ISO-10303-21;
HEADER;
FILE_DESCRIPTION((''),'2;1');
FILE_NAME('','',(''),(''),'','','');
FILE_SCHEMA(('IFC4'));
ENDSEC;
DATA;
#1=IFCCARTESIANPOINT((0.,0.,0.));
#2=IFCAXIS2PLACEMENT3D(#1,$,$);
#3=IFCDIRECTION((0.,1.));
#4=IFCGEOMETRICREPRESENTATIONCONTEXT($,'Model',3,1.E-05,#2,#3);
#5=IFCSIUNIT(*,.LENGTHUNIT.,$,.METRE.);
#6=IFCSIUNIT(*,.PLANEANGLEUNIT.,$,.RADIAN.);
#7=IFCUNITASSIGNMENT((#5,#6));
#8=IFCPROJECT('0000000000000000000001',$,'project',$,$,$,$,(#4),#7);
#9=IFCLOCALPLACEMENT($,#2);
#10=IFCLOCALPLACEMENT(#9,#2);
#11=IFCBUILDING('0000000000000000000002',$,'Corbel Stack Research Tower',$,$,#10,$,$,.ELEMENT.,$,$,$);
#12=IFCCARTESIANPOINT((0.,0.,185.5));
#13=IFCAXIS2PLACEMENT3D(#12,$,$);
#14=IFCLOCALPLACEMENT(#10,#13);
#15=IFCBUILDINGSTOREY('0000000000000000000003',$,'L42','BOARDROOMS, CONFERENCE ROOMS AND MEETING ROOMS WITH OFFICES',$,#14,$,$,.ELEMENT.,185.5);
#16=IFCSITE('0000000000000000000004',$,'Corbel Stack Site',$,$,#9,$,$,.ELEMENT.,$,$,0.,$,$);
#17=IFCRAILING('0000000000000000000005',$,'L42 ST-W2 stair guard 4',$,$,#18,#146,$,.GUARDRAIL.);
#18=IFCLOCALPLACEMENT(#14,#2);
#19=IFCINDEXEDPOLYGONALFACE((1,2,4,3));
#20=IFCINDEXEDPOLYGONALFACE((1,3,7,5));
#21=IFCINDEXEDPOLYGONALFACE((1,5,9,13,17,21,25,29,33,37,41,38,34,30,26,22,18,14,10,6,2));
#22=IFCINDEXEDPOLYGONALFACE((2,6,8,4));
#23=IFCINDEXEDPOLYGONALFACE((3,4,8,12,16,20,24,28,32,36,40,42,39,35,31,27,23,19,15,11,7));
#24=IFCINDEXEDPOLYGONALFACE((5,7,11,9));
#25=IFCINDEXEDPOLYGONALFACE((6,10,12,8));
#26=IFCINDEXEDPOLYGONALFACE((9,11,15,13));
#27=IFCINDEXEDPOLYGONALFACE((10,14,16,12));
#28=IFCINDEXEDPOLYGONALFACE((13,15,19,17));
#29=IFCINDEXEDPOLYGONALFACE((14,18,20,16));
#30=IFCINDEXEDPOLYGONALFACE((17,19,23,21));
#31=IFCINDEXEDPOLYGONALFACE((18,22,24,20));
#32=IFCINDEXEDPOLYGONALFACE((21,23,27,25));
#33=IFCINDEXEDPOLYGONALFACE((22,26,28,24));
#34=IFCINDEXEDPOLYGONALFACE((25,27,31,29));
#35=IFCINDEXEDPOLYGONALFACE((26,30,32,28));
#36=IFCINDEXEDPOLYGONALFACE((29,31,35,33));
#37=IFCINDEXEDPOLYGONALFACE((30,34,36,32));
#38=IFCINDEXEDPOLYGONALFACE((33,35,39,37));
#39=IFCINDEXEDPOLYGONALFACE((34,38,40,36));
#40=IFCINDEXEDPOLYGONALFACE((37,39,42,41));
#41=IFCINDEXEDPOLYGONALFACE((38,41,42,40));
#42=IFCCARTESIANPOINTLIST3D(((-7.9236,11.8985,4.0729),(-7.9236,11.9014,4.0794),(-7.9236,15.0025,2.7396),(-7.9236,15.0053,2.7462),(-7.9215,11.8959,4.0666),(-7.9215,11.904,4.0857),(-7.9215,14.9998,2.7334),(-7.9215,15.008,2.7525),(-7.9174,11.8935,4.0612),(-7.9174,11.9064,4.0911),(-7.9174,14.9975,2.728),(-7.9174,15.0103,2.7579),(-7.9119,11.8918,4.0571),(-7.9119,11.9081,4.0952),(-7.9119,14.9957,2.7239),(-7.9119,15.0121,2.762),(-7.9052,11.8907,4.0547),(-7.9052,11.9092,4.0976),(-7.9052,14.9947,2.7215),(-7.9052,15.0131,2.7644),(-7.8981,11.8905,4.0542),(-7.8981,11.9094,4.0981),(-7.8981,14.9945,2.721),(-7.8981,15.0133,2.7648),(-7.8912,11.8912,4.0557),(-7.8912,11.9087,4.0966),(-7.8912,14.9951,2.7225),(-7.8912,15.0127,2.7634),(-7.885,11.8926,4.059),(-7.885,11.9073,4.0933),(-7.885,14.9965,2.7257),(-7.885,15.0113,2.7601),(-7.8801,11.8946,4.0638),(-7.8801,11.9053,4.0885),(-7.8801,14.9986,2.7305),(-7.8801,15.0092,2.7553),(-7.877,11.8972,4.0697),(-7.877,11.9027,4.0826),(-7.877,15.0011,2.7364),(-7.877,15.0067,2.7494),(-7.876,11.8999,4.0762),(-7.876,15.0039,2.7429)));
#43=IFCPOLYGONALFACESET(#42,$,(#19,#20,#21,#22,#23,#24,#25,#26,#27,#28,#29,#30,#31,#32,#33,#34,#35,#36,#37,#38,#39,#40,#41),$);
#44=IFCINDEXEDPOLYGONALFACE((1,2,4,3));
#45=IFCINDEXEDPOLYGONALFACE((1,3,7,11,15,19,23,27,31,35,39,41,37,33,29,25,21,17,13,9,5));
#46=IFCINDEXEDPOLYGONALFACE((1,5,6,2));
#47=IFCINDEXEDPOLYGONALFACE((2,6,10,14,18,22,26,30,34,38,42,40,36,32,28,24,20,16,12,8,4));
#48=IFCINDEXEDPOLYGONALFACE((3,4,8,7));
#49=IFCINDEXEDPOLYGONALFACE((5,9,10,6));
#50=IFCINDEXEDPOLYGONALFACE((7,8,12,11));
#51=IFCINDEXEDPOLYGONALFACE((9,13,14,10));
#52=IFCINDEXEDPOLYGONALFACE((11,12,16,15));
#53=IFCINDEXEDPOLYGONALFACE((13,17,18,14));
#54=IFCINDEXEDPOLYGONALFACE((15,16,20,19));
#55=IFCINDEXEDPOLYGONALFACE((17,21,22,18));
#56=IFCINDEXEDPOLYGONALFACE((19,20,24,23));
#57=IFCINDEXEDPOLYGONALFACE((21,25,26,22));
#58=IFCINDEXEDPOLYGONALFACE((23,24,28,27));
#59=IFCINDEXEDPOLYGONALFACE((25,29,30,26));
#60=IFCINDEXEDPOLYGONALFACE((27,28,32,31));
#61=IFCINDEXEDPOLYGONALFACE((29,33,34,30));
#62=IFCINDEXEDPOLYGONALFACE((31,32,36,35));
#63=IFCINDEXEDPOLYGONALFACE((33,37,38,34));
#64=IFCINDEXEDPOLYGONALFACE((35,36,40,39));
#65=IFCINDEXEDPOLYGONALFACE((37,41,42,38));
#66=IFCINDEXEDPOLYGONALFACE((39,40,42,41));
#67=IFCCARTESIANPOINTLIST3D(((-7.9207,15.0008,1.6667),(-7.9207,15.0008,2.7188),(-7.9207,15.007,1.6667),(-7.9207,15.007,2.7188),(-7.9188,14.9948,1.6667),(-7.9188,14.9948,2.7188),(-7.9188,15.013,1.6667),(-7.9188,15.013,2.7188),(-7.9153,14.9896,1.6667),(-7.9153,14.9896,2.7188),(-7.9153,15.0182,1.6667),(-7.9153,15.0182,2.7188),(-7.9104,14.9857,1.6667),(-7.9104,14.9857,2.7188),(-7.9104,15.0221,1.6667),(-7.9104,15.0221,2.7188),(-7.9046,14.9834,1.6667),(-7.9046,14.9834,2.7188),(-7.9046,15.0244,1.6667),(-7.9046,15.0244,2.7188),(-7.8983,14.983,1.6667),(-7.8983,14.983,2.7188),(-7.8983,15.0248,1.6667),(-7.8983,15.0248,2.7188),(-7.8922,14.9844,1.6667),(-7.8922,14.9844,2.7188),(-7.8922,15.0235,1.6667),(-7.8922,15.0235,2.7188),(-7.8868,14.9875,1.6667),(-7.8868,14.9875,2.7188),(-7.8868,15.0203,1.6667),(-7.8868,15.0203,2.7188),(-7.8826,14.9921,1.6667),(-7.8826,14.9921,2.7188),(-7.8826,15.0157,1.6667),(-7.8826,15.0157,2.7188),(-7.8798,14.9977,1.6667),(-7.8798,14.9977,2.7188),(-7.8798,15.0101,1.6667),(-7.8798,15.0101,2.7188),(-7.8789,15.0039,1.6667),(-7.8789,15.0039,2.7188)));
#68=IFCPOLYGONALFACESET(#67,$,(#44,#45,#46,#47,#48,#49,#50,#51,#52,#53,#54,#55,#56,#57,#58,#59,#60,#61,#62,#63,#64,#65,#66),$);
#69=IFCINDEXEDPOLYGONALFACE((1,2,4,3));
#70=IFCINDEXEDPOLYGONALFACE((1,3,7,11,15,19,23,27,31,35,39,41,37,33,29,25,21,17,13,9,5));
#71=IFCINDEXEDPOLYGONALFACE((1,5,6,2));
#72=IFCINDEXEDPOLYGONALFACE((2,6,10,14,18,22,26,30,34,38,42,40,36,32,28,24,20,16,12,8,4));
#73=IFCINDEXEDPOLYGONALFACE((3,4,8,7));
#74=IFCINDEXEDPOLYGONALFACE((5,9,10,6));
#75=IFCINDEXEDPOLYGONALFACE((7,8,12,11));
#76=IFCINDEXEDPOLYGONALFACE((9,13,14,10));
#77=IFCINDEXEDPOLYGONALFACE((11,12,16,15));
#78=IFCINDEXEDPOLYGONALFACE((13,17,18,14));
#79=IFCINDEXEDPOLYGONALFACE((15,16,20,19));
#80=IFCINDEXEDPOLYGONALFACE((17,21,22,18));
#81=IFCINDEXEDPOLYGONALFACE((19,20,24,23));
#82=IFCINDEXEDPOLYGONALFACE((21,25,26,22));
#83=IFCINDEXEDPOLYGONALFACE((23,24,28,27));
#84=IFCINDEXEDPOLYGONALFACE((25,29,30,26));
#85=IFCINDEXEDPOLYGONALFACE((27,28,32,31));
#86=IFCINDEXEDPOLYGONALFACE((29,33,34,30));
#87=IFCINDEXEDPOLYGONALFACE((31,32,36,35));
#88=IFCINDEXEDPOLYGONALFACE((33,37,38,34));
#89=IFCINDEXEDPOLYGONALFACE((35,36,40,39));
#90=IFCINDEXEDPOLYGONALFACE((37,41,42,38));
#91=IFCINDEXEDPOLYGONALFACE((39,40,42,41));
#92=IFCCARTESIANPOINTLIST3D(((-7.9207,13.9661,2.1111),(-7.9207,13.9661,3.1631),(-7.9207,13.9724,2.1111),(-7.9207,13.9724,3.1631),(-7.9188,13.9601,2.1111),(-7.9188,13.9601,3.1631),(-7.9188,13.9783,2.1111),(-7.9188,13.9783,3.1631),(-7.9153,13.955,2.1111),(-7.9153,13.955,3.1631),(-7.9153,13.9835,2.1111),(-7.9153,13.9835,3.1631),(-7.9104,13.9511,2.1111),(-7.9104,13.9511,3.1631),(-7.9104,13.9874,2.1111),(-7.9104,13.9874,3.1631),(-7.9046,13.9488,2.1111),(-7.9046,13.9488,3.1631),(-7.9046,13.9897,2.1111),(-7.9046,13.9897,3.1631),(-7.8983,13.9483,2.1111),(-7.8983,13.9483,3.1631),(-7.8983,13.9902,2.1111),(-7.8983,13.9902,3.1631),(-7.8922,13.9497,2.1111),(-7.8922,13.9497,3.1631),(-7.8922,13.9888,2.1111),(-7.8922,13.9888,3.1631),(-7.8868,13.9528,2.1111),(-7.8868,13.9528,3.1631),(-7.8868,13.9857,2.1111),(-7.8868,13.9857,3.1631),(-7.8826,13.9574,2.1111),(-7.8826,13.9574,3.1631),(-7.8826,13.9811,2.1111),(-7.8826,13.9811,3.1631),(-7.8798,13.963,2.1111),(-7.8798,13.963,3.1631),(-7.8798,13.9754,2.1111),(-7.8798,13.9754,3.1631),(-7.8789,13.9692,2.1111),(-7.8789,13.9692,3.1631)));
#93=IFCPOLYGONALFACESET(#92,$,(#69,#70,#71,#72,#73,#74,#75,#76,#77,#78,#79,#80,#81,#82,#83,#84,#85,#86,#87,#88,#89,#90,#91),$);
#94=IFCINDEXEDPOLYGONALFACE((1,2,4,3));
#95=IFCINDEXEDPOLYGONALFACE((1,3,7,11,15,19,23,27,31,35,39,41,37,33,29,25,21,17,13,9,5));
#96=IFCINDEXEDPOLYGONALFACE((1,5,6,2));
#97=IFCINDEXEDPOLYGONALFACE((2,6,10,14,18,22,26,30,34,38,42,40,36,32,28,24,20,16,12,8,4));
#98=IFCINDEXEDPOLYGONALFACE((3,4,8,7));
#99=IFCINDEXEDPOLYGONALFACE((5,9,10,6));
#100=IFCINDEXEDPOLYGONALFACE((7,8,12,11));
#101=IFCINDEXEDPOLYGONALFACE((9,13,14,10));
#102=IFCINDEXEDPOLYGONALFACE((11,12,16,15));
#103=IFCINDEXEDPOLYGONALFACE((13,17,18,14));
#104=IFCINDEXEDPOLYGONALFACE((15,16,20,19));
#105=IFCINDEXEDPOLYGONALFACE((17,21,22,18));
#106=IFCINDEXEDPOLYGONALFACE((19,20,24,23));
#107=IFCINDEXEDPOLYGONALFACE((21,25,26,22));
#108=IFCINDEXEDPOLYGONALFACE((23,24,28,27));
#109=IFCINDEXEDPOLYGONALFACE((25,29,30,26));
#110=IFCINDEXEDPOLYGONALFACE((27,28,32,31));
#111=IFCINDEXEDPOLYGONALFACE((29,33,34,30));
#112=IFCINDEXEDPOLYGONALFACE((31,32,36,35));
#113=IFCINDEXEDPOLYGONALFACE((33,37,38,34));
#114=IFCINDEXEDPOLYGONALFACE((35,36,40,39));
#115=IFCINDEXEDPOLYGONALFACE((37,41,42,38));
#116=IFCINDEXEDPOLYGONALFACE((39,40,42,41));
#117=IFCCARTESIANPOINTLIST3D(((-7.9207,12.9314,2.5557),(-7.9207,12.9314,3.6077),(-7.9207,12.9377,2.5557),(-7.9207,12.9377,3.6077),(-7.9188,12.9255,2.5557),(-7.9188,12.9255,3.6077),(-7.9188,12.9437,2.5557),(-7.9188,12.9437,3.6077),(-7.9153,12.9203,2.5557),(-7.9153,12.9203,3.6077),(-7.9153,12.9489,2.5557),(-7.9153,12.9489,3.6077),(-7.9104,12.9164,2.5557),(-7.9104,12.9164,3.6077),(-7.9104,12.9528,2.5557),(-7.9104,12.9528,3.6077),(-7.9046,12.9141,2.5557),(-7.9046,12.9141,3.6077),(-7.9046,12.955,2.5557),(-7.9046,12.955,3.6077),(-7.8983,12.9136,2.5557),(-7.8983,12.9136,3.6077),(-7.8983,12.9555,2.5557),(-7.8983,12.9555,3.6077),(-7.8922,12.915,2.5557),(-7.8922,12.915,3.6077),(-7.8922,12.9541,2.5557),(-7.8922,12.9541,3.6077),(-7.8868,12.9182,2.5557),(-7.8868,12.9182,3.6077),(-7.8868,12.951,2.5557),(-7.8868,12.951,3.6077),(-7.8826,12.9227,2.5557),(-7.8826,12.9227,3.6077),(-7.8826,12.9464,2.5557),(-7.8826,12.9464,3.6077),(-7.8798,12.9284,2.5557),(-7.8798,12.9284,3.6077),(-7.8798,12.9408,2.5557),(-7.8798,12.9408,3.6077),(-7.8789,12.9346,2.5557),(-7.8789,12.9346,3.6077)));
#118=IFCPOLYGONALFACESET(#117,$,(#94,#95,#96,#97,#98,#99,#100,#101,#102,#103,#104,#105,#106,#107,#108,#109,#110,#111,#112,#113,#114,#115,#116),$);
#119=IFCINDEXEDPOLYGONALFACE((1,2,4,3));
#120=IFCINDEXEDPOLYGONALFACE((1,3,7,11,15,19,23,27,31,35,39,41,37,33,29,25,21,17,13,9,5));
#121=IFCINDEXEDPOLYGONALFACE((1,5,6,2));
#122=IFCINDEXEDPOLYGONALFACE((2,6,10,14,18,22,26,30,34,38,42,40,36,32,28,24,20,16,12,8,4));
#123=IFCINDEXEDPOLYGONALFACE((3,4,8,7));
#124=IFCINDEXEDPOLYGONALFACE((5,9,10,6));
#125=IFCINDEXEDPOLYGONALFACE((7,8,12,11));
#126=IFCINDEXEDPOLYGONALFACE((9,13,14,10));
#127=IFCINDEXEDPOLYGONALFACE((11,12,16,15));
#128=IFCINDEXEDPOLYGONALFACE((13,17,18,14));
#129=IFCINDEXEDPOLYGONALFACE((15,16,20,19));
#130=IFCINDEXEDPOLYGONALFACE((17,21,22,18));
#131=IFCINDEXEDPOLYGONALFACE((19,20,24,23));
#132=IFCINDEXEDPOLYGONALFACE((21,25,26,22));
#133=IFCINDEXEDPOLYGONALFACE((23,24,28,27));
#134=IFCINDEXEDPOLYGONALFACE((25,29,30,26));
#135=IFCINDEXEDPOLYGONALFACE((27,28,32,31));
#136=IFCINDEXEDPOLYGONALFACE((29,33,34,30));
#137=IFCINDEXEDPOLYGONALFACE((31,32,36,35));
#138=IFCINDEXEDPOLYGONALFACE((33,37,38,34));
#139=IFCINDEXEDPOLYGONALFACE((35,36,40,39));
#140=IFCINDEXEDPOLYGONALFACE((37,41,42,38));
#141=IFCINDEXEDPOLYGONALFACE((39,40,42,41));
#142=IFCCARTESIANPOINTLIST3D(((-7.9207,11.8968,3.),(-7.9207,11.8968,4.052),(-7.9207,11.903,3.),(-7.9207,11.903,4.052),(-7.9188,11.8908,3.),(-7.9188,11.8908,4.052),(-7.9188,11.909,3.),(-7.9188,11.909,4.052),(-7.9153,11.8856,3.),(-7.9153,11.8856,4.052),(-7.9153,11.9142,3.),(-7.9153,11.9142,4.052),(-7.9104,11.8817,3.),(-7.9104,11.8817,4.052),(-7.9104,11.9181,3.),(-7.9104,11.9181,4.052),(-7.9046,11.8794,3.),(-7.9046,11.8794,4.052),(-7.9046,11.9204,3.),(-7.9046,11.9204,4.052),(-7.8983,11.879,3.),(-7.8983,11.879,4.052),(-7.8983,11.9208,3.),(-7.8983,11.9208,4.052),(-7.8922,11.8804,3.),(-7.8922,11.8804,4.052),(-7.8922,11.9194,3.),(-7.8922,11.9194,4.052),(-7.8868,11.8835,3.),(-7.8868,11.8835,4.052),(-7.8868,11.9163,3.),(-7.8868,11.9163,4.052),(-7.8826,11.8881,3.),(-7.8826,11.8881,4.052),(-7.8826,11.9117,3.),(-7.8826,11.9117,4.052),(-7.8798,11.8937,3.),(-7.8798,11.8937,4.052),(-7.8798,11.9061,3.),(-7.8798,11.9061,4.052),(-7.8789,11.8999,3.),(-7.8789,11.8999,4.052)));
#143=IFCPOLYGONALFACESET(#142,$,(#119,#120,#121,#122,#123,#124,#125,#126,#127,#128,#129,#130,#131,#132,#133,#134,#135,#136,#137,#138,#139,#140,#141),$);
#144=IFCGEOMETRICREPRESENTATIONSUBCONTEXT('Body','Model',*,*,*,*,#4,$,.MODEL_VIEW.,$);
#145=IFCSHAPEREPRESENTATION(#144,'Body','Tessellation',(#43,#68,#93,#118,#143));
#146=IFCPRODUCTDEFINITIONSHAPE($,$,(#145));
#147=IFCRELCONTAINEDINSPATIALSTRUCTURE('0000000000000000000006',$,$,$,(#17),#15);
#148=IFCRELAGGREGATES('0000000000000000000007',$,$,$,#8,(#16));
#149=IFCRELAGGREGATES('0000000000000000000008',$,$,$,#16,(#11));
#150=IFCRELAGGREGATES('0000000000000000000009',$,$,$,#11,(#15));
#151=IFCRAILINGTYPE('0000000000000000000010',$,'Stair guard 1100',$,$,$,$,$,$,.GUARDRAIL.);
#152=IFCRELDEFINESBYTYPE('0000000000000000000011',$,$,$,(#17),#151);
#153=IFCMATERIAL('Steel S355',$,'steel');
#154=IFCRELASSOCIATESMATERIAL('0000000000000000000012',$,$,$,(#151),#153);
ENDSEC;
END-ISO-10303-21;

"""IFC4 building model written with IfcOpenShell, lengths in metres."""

from ifc_helpers import new_model, si_unit, direction, frame, origin, origin_2d, place, context, subcontext, project, spatial, circle, extrude, material, type_object, element, save


model = new_model("IFC4")

# Units and contexts
model_context = context("Model", 3, precision=1e-05, world=origin(), true_north=direction((0.0, 1.0)))
body_context = subcontext(model_context, "Body", "Model", "MODEL_VIEW")
ifc_project = project(units=[si_unit("LENGTHUNIT", "METRE"), si_unit("PLANEANGLEUNIT", "RADIAN")], contexts=[model_context])

# Site, building, storey
site_placement = place(None, origin())
site = spatial("IfcSite", under=ifc_project, at=site_placement, Name="Corbel Stack Site", CompositionType="ELEMENT", RefElevation=0.0)
building_placement = place(site_placement, origin())
building = spatial("IfcBuilding", under=site, at=building_placement, Name="Corbel Stack Research Tower", CompositionType="ELEMENT")
storey_placement = place(building_placement, frame((0.0, 0.0, 185.5)))
storey = spatial("IfcBuildingStorey", under=building, at=storey_placement, Name="L42", Description="BOARDROOMS, CONFERENCE ROOMS AND MEETING ROOMS WITH OFFICES", CompositionType="ELEMENT", Elevation=185.5)

# Railing
ifc_material_1 = material(Name="Steel S355", Category="steel")
railing_type_1 = type_object("IfcRailingType", Name="Stair guard 1100", PredefinedType="GUARDRAIL", material=ifc_material_1)
railing_1_placement = place(storey_placement, frame((-7.8999, 15.0039, 1.6667)))
element("IfcRailing", 1, at=railing_1_placement, inside=storey, type_object=railing_type_1, Name="L42 ST-W2 stair guard 4", PredefinedType="GUARDRAIL", context=body_context, shape_type="SweptSolid", body=[
    extrude(circle(Radius=0.0239, at=origin_2d()), frame((0.0, 0.0, 1.0762), z_axis=(0.0, -0.918827, 0.394661), x_axis=(1.0, 0.0, 0.0)), (0.0, 0.0, 1.0), 3.3782),
    extrude(circle(Radius=0.021, at=origin_2d()), origin(), (0.0, 0.0, 1.0), 1.052),
    extrude(circle(Radius=0.021, at=origin_2d()), frame((0.0, -1.0347, 0.4443)), (0.0, 0.0, 1.0), 1.052),
    extrude(circle(Radius=0.021, at=origin_2d()), frame((0.0, -2.0693, 0.8889)), (0.0, 0.0, 1.0), 1.052),
    extrude(circle(Radius=0.021, at=origin_2d()), frame((0.0, -3.104, 1.3333)), (0.0, 0.0, 1.0), 1.052),
])

save(model, "model.ifc")
